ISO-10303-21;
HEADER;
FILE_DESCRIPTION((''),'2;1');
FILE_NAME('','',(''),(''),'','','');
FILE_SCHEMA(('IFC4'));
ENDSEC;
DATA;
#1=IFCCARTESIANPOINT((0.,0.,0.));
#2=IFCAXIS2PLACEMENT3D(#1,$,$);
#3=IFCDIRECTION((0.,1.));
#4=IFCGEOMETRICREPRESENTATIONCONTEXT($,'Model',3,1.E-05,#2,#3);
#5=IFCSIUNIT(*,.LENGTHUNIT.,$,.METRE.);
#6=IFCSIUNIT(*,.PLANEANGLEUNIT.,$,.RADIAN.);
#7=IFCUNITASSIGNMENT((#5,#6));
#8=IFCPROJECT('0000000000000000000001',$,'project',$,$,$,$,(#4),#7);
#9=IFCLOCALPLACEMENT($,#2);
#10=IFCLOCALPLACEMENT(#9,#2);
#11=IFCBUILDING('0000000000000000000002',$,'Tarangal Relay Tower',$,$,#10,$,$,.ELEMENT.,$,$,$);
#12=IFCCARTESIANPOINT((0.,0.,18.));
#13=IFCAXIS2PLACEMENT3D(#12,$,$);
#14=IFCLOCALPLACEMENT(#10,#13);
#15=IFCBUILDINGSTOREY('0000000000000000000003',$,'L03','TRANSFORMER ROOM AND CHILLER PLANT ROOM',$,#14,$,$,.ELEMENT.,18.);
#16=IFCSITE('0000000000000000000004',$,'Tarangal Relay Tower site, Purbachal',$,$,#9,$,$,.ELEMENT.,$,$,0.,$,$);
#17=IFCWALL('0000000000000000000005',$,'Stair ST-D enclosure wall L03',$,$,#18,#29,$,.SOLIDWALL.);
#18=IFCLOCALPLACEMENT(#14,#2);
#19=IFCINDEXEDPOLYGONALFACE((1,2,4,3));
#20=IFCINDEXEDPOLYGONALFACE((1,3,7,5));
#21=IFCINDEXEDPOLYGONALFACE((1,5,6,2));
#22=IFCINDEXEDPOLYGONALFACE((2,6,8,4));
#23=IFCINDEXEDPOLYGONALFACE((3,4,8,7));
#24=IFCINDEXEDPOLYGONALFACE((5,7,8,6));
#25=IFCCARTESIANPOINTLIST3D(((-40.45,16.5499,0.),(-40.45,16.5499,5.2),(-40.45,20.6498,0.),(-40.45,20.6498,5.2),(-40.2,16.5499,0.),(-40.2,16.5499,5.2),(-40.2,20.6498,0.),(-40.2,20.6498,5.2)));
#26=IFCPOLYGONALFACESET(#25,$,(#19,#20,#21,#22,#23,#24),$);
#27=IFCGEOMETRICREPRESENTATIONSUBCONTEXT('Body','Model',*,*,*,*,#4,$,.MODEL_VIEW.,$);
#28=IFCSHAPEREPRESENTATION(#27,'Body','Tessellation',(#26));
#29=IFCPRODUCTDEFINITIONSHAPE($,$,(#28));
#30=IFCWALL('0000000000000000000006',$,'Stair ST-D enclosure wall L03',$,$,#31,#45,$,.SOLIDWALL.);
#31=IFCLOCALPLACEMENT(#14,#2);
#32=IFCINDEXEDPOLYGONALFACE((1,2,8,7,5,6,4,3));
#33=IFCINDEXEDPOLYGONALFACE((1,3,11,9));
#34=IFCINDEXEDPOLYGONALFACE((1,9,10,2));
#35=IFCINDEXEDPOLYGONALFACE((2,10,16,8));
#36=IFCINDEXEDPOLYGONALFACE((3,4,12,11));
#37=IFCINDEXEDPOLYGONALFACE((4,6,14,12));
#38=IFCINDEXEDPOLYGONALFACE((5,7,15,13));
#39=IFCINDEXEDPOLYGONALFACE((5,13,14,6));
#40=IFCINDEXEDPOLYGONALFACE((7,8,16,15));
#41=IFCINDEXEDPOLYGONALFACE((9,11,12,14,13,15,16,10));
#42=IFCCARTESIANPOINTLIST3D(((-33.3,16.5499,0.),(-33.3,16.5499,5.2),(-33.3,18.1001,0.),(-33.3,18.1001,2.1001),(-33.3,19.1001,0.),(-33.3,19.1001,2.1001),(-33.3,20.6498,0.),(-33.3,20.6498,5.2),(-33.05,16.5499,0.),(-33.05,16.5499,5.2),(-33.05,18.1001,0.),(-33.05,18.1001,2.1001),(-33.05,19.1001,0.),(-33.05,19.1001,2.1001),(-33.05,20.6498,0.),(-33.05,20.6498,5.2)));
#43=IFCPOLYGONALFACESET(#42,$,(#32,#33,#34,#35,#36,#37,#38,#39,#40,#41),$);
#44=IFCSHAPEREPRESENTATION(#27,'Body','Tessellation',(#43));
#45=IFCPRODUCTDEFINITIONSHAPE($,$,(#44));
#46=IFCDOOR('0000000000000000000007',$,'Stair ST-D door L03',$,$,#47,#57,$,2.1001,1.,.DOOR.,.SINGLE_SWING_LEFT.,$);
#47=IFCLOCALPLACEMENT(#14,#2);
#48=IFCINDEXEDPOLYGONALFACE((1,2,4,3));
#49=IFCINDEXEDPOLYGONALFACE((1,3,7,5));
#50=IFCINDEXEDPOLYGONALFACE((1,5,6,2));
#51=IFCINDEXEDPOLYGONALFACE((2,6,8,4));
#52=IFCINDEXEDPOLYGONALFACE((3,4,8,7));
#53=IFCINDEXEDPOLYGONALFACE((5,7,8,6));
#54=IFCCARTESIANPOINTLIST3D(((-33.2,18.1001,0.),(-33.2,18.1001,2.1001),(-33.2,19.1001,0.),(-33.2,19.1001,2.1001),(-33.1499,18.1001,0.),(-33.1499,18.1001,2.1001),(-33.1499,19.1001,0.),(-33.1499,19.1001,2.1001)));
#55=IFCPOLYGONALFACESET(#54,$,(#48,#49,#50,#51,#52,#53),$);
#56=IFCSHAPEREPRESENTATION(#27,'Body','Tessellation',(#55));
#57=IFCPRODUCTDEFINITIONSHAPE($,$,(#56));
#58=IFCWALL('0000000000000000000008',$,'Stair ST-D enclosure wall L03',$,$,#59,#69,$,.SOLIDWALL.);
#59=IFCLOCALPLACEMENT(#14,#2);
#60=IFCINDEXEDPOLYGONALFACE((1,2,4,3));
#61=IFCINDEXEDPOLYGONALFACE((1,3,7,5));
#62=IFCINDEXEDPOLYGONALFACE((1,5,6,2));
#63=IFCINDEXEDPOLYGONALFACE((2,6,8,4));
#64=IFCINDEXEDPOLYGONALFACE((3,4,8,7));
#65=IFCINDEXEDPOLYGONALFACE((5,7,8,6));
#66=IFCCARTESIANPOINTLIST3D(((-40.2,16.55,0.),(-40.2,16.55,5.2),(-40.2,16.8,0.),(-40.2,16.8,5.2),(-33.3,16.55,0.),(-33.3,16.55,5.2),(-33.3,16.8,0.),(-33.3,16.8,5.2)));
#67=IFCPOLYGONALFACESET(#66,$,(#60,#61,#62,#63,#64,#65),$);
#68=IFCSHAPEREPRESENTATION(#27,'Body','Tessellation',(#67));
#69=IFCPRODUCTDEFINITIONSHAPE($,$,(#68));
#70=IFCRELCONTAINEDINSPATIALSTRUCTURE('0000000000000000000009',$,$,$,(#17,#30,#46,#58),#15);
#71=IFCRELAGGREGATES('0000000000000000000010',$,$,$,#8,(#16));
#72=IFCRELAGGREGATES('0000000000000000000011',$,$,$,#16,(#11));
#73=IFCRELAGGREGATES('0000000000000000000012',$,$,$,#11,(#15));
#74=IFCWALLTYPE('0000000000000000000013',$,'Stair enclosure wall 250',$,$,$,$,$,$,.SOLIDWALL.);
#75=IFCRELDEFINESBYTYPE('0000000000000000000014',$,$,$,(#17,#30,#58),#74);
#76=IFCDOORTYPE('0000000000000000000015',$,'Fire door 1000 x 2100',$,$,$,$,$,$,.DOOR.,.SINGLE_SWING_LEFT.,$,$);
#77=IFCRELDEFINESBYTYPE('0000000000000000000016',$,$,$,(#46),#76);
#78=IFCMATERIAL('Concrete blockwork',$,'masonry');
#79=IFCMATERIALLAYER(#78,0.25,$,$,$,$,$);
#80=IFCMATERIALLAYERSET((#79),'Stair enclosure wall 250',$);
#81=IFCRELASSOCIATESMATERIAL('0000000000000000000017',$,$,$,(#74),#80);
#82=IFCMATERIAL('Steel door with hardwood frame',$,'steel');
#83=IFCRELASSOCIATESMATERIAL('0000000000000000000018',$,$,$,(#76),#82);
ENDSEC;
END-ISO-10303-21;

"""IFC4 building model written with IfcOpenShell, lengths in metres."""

from ifc_helpers import new_model, si_unit, direction, frame, frame_2d, origin, place, context, subcontext, project, spatial, rectangle, extrude, material, layer, layer_set, type_object, element, fill, save


model = new_model("IFC4")

# Units and contexts
model_context = context("Model", 3, precision=1e-05, world=origin(), true_north=direction((0.0, 1.0)))
body_context = subcontext(model_context, "Body", "Model", "MODEL_VIEW")
ifc_project = project(units=[si_unit("LENGTHUNIT", "METRE"), si_unit("PLANEANGLEUNIT", "RADIAN")], contexts=[model_context])

# Site, building, storey
site_placement = place(None, origin())
site = spatial("IfcSite", under=ifc_project, at=site_placement, Name="Tarangal Relay Tower site, Purbachal", CompositionType="ELEMENT", RefElevation=0.0)
building_placement = place(site_placement, origin())
building = spatial("IfcBuilding", under=site, at=building_placement, Name="Tarangal Relay Tower", CompositionType="ELEMENT")
storey_placement = place(building_placement, frame((0.0, 0.0, 18.0)))
storey = spatial("IfcBuildingStorey", under=building, at=storey_placement, Name="L03", Description="TRANSFORMER ROOM AND CHILLER PLANT ROOM", CompositionType="ELEMENT", Elevation=18.0)

# Wall
ifc_material_1 = material(Name="Concrete blockwork", Category="masonry")
ifc_layer_1 = layer(ifc_material_1, 0.25)
ifc_layer_set_1 = layer_set([ifc_layer_1], Name="Stair enclosure wall 250")
wall_type = type_object("IfcWallType", Name="Stair enclosure wall 250", PredefinedType="SOLIDWALL", material=ifc_layer_set_1)
wall_1_placement = place(storey_placement, frame((-40.325, 16.55, 0.0), z_axis=(0.0, 0.0, 1.0), x_axis=(0.0, 1.0, 0.0)))
element("IfcWall", 1, at=wall_1_placement, inside=storey, type_object=wall_type, Name="Stair ST-D enclosure wall L03", PredefinedType="SOLIDWALL", context=body_context, shape_type="SweptSolid", body=[
    extrude(rectangle(XDim=4.0999, YDim=0.25, at=frame_2d((2.0498, 0.0))), origin(), (0.0, 0.0, 1.0), 5.2),
])

# Wall, opening, door
wall_2_placement = place(storey_placement, frame((-33.175, 16.55, 0.0), z_axis=(0.0, 0.0, 1.0), x_axis=(0.0, 1.0, 0.0)))
wall_2 = element("IfcWall", 2, at=wall_2_placement, inside=storey, type_object=wall_type, Name="Stair ST-D enclosure wall L03", PredefinedType="SOLIDWALL", context=body_context, shape_type="SweptSolid", body=[
    extrude(rectangle(XDim=4.0999, YDim=0.25, at=frame_2d((2.0498, 0.0))), origin(), (0.0, 0.0, 1.0), 5.2),
])
opening_placement = place(wall_2_placement, frame((1.55, 0.0, 0.0)))
opening = element("IfcOpeningElement", 3, at=opening_placement, cuts=wall_2, PredefinedType="OPENING", context=body_context, shape_type="SweptSolid", body=[
    extrude(rectangle(XDim=1.0, YDim=2.1001, at=frame_2d((0.5, 1.05))), frame((0.0, 0.135, 0.0), z_axis=(0.0, -1.0, 0.0), x_axis=(1.0, 0.0, 0.0)), (0.0, 0.0, 1.0), 0.27),
])
ifc_material_2 = material(Name="Steel door with hardwood frame", Category="steel")
door_type = type_object("IfcDoorType", Name="Fire door 1000 x 2100", OperationType="SINGLE_SWING_LEFT", PredefinedType="DOOR", material=ifc_material_2)
door_placement = place(opening_placement, origin())
door = element("IfcDoor", 4, at=door_placement, inside=storey, type_object=door_type, Name="Stair ST-D door L03", OperationType="SINGLE_SWING_LEFT", OverallHeight=2.1001, OverallWidth=1.0, PredefinedType="DOOR", context=body_context, shape_type="SweptSolid", body=[
    extrude(rectangle(XDim=1.0, YDim=2.1001, at=frame_2d((0.5, 1.05))), frame((0.0, 0.0249, 0.0), z_axis=(0.0, -1.0, 0.0), x_axis=(1.0, 0.0, 0.0)), (0.0, 0.0, 1.0), 0.05),
])
fill(opening, door)

# Wall
wall_3_placement = place(storey_placement, frame((-40.2, 16.675, 0.0), z_axis=(0.0, 0.0, 1.0), x_axis=(1.0, 0.0, 0.0)))
element("IfcWall", 5, at=wall_3_placement, inside=storey, type_object=wall_type, Name="Stair ST-D enclosure wall L03", PredefinedType="SOLIDWALL", context=body_context, shape_type="SweptSolid", body=[
    extrude(rectangle(XDim=6.8999, YDim=0.25, at=frame_2d((3.45, 0.0))), origin(), (0.0, 0.0, 1.0), 5.2),
])

save(model, "model.ifc")
